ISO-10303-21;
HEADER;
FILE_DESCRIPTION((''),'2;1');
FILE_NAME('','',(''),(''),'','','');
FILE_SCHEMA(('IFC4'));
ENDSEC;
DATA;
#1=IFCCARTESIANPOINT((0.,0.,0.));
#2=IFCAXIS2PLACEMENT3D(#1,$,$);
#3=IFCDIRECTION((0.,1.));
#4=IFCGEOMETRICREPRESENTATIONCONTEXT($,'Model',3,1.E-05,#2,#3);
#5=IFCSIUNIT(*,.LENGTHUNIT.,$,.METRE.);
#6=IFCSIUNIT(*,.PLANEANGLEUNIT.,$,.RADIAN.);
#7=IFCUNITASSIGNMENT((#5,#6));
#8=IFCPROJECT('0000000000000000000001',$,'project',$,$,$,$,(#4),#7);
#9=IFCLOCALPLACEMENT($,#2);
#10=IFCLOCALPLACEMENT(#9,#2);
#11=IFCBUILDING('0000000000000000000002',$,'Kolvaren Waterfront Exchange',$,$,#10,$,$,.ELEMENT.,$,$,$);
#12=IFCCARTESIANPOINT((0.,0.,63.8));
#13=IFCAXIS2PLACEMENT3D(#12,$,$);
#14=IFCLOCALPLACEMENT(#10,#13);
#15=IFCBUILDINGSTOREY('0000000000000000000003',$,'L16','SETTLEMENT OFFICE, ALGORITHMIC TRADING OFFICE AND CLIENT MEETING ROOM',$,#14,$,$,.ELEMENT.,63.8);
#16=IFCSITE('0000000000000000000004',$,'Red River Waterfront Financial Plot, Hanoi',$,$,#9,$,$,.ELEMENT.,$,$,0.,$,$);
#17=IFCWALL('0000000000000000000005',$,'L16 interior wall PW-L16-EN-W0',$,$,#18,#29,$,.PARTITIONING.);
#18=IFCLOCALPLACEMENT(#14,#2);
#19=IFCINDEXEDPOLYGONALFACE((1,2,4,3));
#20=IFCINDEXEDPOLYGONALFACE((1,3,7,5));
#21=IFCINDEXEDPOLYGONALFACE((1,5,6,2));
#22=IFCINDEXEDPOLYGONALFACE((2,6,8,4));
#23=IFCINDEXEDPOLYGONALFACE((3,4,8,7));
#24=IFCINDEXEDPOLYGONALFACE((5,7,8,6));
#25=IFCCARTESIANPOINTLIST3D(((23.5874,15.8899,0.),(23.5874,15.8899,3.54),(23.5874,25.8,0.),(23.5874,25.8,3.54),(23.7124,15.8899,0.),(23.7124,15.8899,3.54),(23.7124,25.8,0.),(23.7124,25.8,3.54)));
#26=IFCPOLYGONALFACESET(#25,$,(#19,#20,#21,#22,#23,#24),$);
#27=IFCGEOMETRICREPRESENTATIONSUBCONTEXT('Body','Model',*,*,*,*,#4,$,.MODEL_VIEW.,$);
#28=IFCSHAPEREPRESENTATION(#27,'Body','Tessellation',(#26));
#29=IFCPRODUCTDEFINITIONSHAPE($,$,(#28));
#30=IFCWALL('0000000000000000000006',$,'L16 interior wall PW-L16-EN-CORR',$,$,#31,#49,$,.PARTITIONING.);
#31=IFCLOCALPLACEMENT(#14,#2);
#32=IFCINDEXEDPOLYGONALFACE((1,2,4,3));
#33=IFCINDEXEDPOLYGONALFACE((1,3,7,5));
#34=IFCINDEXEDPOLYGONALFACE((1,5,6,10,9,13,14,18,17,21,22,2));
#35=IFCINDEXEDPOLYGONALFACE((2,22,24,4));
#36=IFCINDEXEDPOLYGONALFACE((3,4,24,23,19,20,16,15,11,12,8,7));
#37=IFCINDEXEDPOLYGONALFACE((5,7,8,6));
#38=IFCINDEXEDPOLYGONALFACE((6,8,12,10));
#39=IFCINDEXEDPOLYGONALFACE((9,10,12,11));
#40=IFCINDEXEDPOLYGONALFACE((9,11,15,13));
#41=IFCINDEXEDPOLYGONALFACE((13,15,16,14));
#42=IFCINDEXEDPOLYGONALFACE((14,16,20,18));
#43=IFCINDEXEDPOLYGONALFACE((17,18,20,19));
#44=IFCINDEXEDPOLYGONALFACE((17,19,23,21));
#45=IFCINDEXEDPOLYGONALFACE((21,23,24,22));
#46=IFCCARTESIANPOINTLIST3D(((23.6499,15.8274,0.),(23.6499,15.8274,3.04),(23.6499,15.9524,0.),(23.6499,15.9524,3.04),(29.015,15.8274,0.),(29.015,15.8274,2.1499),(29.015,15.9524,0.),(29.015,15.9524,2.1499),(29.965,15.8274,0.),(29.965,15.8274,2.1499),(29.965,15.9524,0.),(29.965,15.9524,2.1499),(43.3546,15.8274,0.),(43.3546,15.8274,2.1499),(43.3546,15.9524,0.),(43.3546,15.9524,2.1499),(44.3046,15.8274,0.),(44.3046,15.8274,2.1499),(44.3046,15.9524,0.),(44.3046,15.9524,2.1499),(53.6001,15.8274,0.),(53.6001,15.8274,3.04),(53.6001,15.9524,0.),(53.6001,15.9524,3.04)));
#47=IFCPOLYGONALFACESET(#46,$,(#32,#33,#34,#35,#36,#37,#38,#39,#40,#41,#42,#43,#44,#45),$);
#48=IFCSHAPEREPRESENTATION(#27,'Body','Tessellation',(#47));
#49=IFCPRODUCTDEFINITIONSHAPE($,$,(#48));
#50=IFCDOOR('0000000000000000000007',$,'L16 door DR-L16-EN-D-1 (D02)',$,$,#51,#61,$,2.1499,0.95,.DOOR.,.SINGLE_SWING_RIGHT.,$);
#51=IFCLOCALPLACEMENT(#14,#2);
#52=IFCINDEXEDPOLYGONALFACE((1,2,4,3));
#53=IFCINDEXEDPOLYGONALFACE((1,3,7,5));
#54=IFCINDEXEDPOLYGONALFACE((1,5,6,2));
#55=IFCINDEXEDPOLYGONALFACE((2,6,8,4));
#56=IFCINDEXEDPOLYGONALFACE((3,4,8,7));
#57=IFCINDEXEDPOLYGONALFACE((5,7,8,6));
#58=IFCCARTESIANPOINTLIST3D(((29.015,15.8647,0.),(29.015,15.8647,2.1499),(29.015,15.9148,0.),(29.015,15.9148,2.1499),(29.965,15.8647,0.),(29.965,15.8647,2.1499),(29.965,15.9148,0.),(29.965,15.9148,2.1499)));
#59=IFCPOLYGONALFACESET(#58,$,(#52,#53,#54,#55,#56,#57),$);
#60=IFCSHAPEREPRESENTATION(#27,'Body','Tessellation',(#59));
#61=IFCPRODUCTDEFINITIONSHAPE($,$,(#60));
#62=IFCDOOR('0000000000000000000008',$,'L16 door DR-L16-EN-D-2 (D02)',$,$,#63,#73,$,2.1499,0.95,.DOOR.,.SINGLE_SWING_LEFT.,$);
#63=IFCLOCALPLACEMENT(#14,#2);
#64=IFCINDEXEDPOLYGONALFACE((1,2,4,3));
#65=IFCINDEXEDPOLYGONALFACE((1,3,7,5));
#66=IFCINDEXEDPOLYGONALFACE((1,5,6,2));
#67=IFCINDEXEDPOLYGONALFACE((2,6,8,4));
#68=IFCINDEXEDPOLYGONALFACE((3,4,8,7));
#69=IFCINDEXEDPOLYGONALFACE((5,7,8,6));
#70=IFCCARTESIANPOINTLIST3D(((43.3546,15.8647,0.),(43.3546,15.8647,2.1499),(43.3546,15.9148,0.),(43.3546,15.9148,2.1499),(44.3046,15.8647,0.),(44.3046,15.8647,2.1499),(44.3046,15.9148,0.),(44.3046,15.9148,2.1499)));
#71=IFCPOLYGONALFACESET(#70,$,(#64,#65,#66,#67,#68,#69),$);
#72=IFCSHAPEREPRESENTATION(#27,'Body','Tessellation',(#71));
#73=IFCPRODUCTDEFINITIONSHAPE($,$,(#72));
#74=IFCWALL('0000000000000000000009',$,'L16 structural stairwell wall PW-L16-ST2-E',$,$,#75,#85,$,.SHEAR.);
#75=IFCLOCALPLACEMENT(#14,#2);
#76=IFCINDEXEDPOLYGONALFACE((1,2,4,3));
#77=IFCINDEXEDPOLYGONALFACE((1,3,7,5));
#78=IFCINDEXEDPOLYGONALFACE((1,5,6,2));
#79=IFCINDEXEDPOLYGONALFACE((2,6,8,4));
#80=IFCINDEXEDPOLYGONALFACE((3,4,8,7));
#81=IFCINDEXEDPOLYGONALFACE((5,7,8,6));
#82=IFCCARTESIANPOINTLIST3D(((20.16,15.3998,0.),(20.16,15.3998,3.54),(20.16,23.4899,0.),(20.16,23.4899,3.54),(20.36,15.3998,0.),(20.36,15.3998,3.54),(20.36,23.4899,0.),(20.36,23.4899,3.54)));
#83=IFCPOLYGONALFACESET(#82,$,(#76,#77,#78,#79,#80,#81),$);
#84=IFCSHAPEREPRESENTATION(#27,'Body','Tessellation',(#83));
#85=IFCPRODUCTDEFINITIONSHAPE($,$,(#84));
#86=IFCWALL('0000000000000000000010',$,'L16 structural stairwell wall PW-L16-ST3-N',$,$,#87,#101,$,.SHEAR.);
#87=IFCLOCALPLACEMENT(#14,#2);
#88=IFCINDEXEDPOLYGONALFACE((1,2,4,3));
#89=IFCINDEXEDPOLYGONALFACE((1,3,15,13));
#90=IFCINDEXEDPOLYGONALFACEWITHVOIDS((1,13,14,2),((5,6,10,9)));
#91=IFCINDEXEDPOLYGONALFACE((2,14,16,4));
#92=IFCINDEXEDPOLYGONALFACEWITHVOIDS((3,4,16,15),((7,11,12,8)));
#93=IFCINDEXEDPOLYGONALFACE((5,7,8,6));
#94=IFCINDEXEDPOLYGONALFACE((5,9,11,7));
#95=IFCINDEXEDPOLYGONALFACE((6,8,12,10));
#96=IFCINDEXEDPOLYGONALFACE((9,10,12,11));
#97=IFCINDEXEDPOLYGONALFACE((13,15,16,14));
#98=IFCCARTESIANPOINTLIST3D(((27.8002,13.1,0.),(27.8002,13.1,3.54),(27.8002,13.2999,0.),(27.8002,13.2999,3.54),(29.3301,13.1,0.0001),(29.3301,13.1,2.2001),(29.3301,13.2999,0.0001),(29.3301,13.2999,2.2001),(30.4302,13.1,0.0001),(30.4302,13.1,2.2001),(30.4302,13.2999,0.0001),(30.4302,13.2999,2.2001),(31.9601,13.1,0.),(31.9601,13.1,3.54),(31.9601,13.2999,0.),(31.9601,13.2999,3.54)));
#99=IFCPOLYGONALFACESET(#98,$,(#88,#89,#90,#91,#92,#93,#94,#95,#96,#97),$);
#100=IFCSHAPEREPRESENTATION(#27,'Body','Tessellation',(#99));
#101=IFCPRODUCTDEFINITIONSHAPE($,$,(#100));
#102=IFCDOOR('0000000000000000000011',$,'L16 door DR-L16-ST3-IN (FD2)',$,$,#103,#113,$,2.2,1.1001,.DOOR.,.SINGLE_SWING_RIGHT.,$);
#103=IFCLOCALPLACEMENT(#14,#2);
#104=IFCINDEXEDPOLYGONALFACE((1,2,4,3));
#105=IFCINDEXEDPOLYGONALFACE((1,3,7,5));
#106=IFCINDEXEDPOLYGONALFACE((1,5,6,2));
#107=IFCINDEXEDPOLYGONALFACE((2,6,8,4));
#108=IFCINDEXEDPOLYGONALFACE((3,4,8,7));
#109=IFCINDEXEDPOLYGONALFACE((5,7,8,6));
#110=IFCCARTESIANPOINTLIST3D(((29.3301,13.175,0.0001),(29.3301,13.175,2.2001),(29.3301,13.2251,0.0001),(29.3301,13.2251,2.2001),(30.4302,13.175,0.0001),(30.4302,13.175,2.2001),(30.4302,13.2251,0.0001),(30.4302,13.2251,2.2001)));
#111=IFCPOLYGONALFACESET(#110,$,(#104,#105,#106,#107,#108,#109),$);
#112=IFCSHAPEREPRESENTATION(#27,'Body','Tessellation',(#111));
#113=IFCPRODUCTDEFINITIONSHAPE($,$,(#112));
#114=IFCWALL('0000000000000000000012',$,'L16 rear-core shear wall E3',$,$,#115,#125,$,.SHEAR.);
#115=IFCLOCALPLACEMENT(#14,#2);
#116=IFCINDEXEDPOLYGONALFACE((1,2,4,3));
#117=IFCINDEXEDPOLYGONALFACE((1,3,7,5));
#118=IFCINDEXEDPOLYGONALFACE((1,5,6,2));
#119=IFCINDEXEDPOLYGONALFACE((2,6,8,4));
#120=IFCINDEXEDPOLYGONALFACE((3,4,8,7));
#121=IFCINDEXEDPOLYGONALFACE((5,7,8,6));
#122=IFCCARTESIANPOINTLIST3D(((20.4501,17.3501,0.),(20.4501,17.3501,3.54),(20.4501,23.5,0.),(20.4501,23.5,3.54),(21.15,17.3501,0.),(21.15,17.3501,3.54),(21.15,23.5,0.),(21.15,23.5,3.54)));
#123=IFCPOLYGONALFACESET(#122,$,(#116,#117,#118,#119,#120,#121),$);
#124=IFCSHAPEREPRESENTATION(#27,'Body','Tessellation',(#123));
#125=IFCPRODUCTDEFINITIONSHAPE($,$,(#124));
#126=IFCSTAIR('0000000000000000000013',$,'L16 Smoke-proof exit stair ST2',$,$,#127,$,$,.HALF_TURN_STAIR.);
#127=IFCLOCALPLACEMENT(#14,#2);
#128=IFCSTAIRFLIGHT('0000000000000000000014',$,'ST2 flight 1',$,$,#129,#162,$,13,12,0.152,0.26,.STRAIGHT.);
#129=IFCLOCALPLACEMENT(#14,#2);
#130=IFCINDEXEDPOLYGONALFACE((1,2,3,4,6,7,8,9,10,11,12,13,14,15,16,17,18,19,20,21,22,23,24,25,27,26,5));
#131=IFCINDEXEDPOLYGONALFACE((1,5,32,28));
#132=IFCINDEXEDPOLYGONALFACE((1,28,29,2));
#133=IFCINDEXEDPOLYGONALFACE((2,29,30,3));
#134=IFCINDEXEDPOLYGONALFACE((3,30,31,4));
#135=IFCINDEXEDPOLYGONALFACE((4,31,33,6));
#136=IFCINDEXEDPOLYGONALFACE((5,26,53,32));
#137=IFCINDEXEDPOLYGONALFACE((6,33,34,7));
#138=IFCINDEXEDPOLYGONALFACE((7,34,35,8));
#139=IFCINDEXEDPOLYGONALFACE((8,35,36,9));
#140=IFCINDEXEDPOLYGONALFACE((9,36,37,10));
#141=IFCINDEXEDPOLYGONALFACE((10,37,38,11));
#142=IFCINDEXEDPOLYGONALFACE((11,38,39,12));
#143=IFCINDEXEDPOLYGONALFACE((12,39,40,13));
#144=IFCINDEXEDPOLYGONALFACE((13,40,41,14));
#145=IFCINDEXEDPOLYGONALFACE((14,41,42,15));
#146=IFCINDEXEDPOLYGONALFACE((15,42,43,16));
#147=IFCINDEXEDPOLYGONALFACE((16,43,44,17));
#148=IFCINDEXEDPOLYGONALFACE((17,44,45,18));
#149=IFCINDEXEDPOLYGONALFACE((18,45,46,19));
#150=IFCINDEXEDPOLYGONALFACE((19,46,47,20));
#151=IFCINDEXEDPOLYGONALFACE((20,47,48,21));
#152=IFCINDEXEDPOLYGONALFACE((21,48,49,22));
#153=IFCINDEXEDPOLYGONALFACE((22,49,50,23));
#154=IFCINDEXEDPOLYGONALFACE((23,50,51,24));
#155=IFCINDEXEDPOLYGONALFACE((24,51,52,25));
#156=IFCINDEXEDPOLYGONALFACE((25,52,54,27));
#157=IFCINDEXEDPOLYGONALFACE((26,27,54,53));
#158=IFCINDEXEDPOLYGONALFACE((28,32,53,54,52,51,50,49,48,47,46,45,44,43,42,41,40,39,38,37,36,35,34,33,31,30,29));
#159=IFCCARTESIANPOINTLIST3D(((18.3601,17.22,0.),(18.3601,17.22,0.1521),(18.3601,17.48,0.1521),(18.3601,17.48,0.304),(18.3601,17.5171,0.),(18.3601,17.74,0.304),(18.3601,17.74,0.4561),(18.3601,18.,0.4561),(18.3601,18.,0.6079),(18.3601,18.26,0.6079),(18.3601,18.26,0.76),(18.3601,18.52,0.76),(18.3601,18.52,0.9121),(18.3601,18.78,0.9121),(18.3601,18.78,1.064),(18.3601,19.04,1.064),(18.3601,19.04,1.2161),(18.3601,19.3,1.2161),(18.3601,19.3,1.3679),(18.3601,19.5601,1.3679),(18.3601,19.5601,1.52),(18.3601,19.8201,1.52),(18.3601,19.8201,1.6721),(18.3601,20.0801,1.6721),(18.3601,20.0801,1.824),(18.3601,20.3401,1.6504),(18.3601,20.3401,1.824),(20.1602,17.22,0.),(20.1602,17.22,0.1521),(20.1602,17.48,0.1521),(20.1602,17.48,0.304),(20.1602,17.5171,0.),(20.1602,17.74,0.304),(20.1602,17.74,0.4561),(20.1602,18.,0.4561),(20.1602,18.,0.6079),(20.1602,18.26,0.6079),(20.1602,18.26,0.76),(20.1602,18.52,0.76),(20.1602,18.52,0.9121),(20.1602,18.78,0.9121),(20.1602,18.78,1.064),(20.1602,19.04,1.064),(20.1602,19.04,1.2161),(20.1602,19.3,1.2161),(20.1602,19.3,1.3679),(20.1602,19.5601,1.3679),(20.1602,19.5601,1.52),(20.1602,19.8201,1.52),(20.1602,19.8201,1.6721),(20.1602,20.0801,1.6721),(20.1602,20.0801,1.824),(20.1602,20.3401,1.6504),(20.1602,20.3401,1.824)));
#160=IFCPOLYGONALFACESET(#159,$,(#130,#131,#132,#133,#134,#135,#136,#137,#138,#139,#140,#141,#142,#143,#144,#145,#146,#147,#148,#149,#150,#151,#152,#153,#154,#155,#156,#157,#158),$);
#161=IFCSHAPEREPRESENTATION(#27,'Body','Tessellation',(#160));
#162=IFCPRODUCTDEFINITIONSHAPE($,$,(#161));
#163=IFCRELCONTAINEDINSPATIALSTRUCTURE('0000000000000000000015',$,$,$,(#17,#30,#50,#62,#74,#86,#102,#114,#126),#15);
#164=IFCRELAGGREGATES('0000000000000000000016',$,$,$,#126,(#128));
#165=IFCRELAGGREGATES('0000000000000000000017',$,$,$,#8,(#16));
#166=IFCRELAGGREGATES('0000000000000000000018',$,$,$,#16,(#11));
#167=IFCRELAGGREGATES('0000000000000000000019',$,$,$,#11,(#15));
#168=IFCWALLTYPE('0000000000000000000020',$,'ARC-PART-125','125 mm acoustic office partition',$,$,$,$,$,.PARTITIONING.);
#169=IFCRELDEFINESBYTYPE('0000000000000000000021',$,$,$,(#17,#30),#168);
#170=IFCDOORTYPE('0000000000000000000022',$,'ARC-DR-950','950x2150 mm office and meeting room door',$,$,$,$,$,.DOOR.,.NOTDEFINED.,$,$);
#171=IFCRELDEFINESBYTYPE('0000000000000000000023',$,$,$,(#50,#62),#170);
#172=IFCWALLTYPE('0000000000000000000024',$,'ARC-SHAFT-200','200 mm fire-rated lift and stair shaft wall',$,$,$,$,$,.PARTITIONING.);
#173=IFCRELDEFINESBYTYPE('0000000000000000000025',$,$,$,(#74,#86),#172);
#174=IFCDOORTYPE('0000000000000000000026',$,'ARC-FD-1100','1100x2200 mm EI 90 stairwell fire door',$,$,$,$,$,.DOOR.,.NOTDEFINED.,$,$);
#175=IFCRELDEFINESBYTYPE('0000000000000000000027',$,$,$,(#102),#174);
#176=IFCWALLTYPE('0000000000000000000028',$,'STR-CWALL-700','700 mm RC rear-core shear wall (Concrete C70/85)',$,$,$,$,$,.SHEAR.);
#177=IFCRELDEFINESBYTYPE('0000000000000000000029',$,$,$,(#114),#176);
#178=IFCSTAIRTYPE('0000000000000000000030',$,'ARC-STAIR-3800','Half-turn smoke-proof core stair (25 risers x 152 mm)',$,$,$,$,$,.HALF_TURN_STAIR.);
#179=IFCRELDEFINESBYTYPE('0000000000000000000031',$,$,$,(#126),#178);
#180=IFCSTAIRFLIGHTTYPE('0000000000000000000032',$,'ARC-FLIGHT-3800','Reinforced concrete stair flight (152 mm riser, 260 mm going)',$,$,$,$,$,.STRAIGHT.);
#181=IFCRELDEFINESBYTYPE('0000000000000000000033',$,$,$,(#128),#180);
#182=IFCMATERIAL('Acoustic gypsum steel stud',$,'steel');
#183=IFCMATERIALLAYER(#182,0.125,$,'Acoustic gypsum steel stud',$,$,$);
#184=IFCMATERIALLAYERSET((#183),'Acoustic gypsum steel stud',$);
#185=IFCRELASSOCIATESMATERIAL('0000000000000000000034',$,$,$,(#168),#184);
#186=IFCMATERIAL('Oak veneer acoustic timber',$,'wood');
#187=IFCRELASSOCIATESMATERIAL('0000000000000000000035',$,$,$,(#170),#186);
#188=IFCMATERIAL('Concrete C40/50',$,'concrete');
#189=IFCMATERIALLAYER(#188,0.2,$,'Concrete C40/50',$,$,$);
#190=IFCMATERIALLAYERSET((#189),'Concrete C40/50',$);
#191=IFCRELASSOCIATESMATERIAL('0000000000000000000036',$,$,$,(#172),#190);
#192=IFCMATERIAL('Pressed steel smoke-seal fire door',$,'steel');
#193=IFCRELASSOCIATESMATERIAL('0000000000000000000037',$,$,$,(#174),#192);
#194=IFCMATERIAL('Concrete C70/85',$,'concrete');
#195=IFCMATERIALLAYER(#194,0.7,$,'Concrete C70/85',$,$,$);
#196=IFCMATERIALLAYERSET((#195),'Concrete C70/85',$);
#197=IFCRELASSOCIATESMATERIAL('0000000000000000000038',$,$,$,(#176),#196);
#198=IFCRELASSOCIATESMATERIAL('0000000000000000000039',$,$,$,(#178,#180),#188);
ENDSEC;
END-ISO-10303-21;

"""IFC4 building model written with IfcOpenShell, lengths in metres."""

from ifc_helpers import new_model, si_unit, direction, frame, frame_2d, origin, place, context, subcontext, project, spatial, polyline, rectangle, outline, extrude, material, layer, layer_set, type_object, element, fill, aggregate, save


model = new_model("IFC4")

# Units and contexts
model_context = context("Model", 3, precision=1e-05, world=origin(), true_north=direction((0.0, 1.0)))
body_context = subcontext(model_context, "Body", "Model", "MODEL_VIEW")
ifc_project = project(units=[si_unit("LENGTHUNIT", "METRE"), si_unit("PLANEANGLEUNIT", "RADIAN")], contexts=[model_context])

# Site, building, storey
site_placement = place(None, origin())
site = spatial("IfcSite", under=ifc_project, at=site_placement, Name="Red River Waterfront Financial Plot, Hanoi", CompositionType="ELEMENT", RefElevation=0.0)
building_placement = place(site_placement, origin())
building = spatial("IfcBuilding", under=site, at=building_placement, Name="Kolvaren Waterfront Exchange", CompositionType="ELEMENT")
storey_placement = place(building_placement, frame((0.0, 0.0, 63.8)))
storey = spatial("IfcBuildingStorey", under=building, at=storey_placement, Name="L16", Description="SETTLEMENT OFFICE, ALGORITHMIC TRADING OFFICE AND CLIENT MEETING ROOM", CompositionType="ELEMENT", Elevation=63.8)

# Shared definitions
ifc_material_1 = material(Name="Concrete C70/85", Category="concrete")

# Shared definitions
ifc_material_2 = material(Name="Acoustic gypsum steel stud", Category="steel")
ifc_layer_1 = layer(ifc_material_2, 0.125, Name="Acoustic gypsum steel stud")
ifc_layer_set_1 = layer_set([ifc_layer_1], Name="Acoustic gypsum steel stud")
wall_type_1 = type_object("IfcWallType", Name="ARC-PART-125", Description="125 mm acoustic office partition", PredefinedType="PARTITIONING", material=ifc_layer_set_1)
ifc_material_3 = material(Name="Oak veneer acoustic timber", Category="wood")
door_type_1 = type_object("IfcDoorType", Name="ARC-DR-950", Description="950x2150 mm office and meeting room door", OperationType="NOTDEFINED", PredefinedType="DOOR", material=ifc_material_3)

# Wall
wall_1_placement = place(storey_placement, frame((23.6499, 15.8899, 0.0), z_axis=(0.0, 0.0, 1.0), x_axis=(0.0, 1.0, 0.0)))
element("IfcWall", 1, at=wall_1_placement, inside=storey, type_object=wall_type_1, Name="L16 interior wall PW-L16-EN-W0", PredefinedType="PARTITIONING", context=body_context, shape_type="SweptSolid", body=[
    extrude(rectangle(XDim=9.9102, YDim=0.125, at=frame_2d((4.9551, 0.0))), origin(), (0.0, 0.0, 1.0), 3.54),
])

# Wall, openings, doors
wall_2_placement = place(storey_placement, frame((23.6499, 15.8899, 0.0), z_axis=(0.0, 0.0, 1.0), x_axis=(1.0, 0.0, 0.0)))
wall_2 = element("IfcWall", 2, at=wall_2_placement, inside=storey, type_object=wall_type_1, Name="L16 interior wall PW-L16-EN-CORR", PredefinedType="PARTITIONING", context=body_context, shape_type="SweptSolid", body=[
    extrude(rectangle(XDim=29.9502, YDim=0.125, at=frame_2d((14.9751, 0.0))), origin(), (0.0, 0.0, 1.0), 3.04),
])
opening_1_placement = place(wall_2_placement, frame((5.365, 0.0, 0.0)))
opening_1 = element("IfcOpeningElement", 3, at=opening_1_placement, cuts=wall_2, PredefinedType="OPENING", context=body_context, shape_type="SweptSolid", body=[
    extrude(rectangle(XDim=0.95, YDim=2.1499, at=frame_2d((0.4751, 1.075))), frame((0.0, 0.0725, 0.0), z_axis=(0.0, -1.0, 0.0), x_axis=(1.0, 0.0, 0.0)), (0.0, 0.0, 1.0), 0.145),
])
opening_2_placement = place(wall_2_placement, frame((19.7046, 0.0, 0.0)))
opening_2 = element("IfcOpeningElement", 4, at=opening_2_placement, cuts=wall_2, PredefinedType="OPENING", context=body_context, shape_type="SweptSolid", body=[
    extrude(rectangle(XDim=0.95, YDim=2.1499, at=frame_2d((0.4751, 1.075))), frame((0.0, 0.0725, 0.0), z_axis=(0.0, -1.0, 0.0), x_axis=(1.0, 0.0, 0.0)), (0.0, 0.0, 1.0), 0.145),
])
door_1_placement = place(opening_1_placement, origin())
door_1 = element("IfcDoor", 5, at=door_1_placement, inside=storey, type_object=door_type_1, Name="L16 door DR-L16-EN-D-1 (D02)", OperationType="SINGLE_SWING_RIGHT", OverallHeight=2.1499, OverallWidth=0.95, PredefinedType="DOOR", context=body_context, shape_type="SweptSolid", body=[
    extrude(rectangle(XDim=0.95, YDim=2.1499, at=frame_2d((0.4751, 1.075))), frame((0.0, 0.0249, 0.0), z_axis=(0.0, -1.0, 0.0), x_axis=(1.0, 0.0, 0.0)), (0.0, 0.0, 1.0), 0.05),
])
fill(opening_1, door_1)
door_2_placement = place(opening_2_placement, origin())
door_2 = element("IfcDoor", 6, at=door_2_placement, inside=storey, type_object=door_type_1, Name="L16 door DR-L16-EN-D-2 (D02)", OperationType="SINGLE_SWING_LEFT", OverallHeight=2.1499, OverallWidth=0.95, PredefinedType="DOOR", context=body_context, shape_type="SweptSolid", body=[
    extrude(rectangle(XDim=0.95, YDim=2.1499, at=frame_2d((0.4751, 1.075))), frame((0.0, 0.0249, 0.0), z_axis=(0.0, -1.0, 0.0), x_axis=(1.0, 0.0, 0.0)), (0.0, 0.0, 1.0), 0.05),
])
fill(opening_2, door_2)

# Wall
ifc_material_4 = material(Name="Concrete C40/50", Category="concrete")
ifc_layer_2 = layer(ifc_material_4, 0.2, Name="Concrete C40/50")
ifc_layer_set_2 = layer_set([ifc_layer_2], Name="Concrete C40/50")
wall_type_2 = type_object("IfcWallType", Name="ARC-SHAFT-200", Description="200 mm fire-rated lift and stair shaft wall", PredefinedType="PARTITIONING", material=ifc_layer_set_2)
wall_3_placement = place(storey_placement, frame((20.26, 15.3999, 0.0), z_axis=(0.0, 0.0, 1.0), x_axis=(0.0, 1.0, 0.0)))
element("IfcWall", 7, at=wall_3_placement, inside=storey, type_object=wall_type_2, Name="L16 structural stairwell wall PW-L16-ST2-E", PredefinedType="SHEAR", context=body_context, shape_type="SweptSolid", body=[
    extrude(rectangle(XDim=8.0901, YDim=0.2, at=frame_2d((4.0449, 0.0))), origin(), (0.0, 0.0, 1.0), 3.54),
])

# Wall, opening, door
wall_4_placement = place(storey_placement, frame((27.8, 13.2, 0.0), z_axis=(0.0, 0.0, 1.0), x_axis=(1.0, 0.0, 0.0)))
wall_4 = element("IfcWall", 8, at=wall_4_placement, inside=storey, type_object=wall_type_2, Name="L16 structural stairwell wall PW-L16-ST3-N", PredefinedType="SHEAR", context=body_context, shape_type="SweptSolid", body=[
    extrude(rectangle(XDim=4.1599, YDim=0.2, at=frame_2d((2.0801, 0.0))), origin(), (0.0, 0.0, 1.0), 3.54),
])
opening_3_placement = place(wall_4_placement, frame((1.53, 0.0, 0.0)))
opening_3 = element("IfcOpeningElement", 9, at=opening_3_placement, cuts=wall_4, PredefinedType="OPENING", context=body_context, shape_type="SweptSolid", body=[
    extrude(rectangle(XDim=1.1001, YDim=2.2, at=frame_2d((0.55, 1.1001))), frame((0.0, 0.1099, 0.0), z_axis=(0.0, -1.0, 0.0), x_axis=(1.0, 0.0, 0.0)), (0.0, 0.0, 1.0), 0.22),
])
ifc_material_5 = material(Name="Pressed steel smoke-seal fire door", Category="steel")
door_type_2 = type_object("IfcDoorType", Name="ARC-FD-1100", Description="1100x2200 mm EI 90 stairwell fire door", OperationType="NOTDEFINED", PredefinedType="DOOR", material=ifc_material_5)
door_3_placement = place(opening_3_placement, frame((1.1001, 0.0, 0.0), z_axis=(0.0, 0.0, 1.0), x_axis=(-1.0, 0.0, 0.0)))
door_3 = element("IfcDoor", 10, at=door_3_placement, inside=storey, type_object=door_type_2, Name="L16 door DR-L16-ST3-IN (FD2)", OperationType="SINGLE_SWING_RIGHT", OverallHeight=2.2, OverallWidth=1.1001, PredefinedType="DOOR", context=body_context, shape_type="SweptSolid", body=[
    extrude(rectangle(XDim=1.1001, YDim=2.2, at=frame_2d((0.55, 1.1001))), frame((0.0, 0.0249, 0.0), z_axis=(0.0, -1.0, 0.0), x_axis=(1.0, 0.0, 0.0)), (0.0, 0.0, 1.0), 0.05),
])
fill(opening_3, door_3)

# Wall
ifc_layer_3 = layer(ifc_material_1, 0.7, Name="Concrete C70/85")
ifc_layer_set_3 = layer_set([ifc_layer_3], Name="Concrete C70/85")
wall_type_3 = type_object("IfcWallType", Name="STR-CWALL-700", Description="700 mm RC rear-core shear wall (Concrete C70/85)", PredefinedType="SHEAR", material=ifc_layer_set_3)
wall_5_placement = place(storey_placement, frame((20.8, 17.3501, 0.0), z_axis=(0.0, 0.0, 1.0), x_axis=(0.0, 1.0, 0.0)))
element("IfcWall", 11, at=wall_5_placement, inside=storey, type_object=wall_type_3, Name="L16 rear-core shear wall E3", PredefinedType="SHEAR", context=body_context, shape_type="SweptSolid", body=[
    extrude(rectangle(XDim=6.1499, YDim=0.7, at=frame_2d((3.075, 0.0))), origin(), (0.0, 0.0, 1.0), 3.54),
])

# Stair, stair flight
stair_type = type_object("IfcStairType", Name="ARC-STAIR-3800", Description="Half-turn smoke-proof core stair (25 risers x 152 mm)", PredefinedType="HALF_TURN_STAIR", material=ifc_material_4)
stair_placement = place(storey_placement, origin())
stair = element("IfcStair", 12, at=stair_placement, inside=storey, type_object=stair_type, Name="L16 Smoke-proof exit stair ST2", PredefinedType="HALF_TURN_STAIR")
stair_flight_type = type_object("IfcStairFlightType", Name="ARC-FLIGHT-3800", Description="Reinforced concrete stair flight (152 mm riser, 260 mm going)", PredefinedType="STRAIGHT", material=ifc_material_4)
stair_flight_placement = place(storey_placement, frame((19.26, 17.22, 0.0), z_axis=(0.0, 0.0, 1.0), x_axis=(0.0, 1.0, 0.0)))
stair_flight = element("IfcStairFlight", 13, at=stair_flight_placement, type_object=stair_flight_type, Name="ST2 flight 1", NumberOfRisers=13, NumberOfTreads=12, PredefinedType="STRAIGHT", RiserHeight=0.152, TreadLength=0.26, context=body_context, shape_type="SweptSolid", body=[
    extrude(outline(polyline([(0.0, 0.0), (0.0, 0.1521), (0.26, 0.1521), (0.26, 0.304), (0.52, 0.304), (0.52, 0.4561), (0.78, 0.4561), (0.78, 0.6079), (1.04, 0.6079), (1.04, 0.76), (1.3, 0.76), (1.3, 0.9121), (1.5601, 0.9121), (1.5601, 1.064), (1.8201, 1.064), (1.8201, 1.2161), (2.0801, 1.2161), (2.0801, 1.3679), (2.3401, 1.3679), (2.3401, 1.52), (2.6001, 1.52), (2.6001, 1.6721), (2.8601, 1.6721), (2.8601, 1.824), (3.1201, 1.824), (3.1201, 1.9761), (3.1201, 1.6504), (0.2971, 0.0), (0.0, 0.0)])), frame((0.0, 0.8999, 0.0), z_axis=(0.0, -1.0, 0.0), x_axis=(1.0, 0.0, 0.0)), (0.0, 0.0, 1.0), 1.8),
])
aggregate(stair, [stair_flight])

save(model, "model.ifc")
